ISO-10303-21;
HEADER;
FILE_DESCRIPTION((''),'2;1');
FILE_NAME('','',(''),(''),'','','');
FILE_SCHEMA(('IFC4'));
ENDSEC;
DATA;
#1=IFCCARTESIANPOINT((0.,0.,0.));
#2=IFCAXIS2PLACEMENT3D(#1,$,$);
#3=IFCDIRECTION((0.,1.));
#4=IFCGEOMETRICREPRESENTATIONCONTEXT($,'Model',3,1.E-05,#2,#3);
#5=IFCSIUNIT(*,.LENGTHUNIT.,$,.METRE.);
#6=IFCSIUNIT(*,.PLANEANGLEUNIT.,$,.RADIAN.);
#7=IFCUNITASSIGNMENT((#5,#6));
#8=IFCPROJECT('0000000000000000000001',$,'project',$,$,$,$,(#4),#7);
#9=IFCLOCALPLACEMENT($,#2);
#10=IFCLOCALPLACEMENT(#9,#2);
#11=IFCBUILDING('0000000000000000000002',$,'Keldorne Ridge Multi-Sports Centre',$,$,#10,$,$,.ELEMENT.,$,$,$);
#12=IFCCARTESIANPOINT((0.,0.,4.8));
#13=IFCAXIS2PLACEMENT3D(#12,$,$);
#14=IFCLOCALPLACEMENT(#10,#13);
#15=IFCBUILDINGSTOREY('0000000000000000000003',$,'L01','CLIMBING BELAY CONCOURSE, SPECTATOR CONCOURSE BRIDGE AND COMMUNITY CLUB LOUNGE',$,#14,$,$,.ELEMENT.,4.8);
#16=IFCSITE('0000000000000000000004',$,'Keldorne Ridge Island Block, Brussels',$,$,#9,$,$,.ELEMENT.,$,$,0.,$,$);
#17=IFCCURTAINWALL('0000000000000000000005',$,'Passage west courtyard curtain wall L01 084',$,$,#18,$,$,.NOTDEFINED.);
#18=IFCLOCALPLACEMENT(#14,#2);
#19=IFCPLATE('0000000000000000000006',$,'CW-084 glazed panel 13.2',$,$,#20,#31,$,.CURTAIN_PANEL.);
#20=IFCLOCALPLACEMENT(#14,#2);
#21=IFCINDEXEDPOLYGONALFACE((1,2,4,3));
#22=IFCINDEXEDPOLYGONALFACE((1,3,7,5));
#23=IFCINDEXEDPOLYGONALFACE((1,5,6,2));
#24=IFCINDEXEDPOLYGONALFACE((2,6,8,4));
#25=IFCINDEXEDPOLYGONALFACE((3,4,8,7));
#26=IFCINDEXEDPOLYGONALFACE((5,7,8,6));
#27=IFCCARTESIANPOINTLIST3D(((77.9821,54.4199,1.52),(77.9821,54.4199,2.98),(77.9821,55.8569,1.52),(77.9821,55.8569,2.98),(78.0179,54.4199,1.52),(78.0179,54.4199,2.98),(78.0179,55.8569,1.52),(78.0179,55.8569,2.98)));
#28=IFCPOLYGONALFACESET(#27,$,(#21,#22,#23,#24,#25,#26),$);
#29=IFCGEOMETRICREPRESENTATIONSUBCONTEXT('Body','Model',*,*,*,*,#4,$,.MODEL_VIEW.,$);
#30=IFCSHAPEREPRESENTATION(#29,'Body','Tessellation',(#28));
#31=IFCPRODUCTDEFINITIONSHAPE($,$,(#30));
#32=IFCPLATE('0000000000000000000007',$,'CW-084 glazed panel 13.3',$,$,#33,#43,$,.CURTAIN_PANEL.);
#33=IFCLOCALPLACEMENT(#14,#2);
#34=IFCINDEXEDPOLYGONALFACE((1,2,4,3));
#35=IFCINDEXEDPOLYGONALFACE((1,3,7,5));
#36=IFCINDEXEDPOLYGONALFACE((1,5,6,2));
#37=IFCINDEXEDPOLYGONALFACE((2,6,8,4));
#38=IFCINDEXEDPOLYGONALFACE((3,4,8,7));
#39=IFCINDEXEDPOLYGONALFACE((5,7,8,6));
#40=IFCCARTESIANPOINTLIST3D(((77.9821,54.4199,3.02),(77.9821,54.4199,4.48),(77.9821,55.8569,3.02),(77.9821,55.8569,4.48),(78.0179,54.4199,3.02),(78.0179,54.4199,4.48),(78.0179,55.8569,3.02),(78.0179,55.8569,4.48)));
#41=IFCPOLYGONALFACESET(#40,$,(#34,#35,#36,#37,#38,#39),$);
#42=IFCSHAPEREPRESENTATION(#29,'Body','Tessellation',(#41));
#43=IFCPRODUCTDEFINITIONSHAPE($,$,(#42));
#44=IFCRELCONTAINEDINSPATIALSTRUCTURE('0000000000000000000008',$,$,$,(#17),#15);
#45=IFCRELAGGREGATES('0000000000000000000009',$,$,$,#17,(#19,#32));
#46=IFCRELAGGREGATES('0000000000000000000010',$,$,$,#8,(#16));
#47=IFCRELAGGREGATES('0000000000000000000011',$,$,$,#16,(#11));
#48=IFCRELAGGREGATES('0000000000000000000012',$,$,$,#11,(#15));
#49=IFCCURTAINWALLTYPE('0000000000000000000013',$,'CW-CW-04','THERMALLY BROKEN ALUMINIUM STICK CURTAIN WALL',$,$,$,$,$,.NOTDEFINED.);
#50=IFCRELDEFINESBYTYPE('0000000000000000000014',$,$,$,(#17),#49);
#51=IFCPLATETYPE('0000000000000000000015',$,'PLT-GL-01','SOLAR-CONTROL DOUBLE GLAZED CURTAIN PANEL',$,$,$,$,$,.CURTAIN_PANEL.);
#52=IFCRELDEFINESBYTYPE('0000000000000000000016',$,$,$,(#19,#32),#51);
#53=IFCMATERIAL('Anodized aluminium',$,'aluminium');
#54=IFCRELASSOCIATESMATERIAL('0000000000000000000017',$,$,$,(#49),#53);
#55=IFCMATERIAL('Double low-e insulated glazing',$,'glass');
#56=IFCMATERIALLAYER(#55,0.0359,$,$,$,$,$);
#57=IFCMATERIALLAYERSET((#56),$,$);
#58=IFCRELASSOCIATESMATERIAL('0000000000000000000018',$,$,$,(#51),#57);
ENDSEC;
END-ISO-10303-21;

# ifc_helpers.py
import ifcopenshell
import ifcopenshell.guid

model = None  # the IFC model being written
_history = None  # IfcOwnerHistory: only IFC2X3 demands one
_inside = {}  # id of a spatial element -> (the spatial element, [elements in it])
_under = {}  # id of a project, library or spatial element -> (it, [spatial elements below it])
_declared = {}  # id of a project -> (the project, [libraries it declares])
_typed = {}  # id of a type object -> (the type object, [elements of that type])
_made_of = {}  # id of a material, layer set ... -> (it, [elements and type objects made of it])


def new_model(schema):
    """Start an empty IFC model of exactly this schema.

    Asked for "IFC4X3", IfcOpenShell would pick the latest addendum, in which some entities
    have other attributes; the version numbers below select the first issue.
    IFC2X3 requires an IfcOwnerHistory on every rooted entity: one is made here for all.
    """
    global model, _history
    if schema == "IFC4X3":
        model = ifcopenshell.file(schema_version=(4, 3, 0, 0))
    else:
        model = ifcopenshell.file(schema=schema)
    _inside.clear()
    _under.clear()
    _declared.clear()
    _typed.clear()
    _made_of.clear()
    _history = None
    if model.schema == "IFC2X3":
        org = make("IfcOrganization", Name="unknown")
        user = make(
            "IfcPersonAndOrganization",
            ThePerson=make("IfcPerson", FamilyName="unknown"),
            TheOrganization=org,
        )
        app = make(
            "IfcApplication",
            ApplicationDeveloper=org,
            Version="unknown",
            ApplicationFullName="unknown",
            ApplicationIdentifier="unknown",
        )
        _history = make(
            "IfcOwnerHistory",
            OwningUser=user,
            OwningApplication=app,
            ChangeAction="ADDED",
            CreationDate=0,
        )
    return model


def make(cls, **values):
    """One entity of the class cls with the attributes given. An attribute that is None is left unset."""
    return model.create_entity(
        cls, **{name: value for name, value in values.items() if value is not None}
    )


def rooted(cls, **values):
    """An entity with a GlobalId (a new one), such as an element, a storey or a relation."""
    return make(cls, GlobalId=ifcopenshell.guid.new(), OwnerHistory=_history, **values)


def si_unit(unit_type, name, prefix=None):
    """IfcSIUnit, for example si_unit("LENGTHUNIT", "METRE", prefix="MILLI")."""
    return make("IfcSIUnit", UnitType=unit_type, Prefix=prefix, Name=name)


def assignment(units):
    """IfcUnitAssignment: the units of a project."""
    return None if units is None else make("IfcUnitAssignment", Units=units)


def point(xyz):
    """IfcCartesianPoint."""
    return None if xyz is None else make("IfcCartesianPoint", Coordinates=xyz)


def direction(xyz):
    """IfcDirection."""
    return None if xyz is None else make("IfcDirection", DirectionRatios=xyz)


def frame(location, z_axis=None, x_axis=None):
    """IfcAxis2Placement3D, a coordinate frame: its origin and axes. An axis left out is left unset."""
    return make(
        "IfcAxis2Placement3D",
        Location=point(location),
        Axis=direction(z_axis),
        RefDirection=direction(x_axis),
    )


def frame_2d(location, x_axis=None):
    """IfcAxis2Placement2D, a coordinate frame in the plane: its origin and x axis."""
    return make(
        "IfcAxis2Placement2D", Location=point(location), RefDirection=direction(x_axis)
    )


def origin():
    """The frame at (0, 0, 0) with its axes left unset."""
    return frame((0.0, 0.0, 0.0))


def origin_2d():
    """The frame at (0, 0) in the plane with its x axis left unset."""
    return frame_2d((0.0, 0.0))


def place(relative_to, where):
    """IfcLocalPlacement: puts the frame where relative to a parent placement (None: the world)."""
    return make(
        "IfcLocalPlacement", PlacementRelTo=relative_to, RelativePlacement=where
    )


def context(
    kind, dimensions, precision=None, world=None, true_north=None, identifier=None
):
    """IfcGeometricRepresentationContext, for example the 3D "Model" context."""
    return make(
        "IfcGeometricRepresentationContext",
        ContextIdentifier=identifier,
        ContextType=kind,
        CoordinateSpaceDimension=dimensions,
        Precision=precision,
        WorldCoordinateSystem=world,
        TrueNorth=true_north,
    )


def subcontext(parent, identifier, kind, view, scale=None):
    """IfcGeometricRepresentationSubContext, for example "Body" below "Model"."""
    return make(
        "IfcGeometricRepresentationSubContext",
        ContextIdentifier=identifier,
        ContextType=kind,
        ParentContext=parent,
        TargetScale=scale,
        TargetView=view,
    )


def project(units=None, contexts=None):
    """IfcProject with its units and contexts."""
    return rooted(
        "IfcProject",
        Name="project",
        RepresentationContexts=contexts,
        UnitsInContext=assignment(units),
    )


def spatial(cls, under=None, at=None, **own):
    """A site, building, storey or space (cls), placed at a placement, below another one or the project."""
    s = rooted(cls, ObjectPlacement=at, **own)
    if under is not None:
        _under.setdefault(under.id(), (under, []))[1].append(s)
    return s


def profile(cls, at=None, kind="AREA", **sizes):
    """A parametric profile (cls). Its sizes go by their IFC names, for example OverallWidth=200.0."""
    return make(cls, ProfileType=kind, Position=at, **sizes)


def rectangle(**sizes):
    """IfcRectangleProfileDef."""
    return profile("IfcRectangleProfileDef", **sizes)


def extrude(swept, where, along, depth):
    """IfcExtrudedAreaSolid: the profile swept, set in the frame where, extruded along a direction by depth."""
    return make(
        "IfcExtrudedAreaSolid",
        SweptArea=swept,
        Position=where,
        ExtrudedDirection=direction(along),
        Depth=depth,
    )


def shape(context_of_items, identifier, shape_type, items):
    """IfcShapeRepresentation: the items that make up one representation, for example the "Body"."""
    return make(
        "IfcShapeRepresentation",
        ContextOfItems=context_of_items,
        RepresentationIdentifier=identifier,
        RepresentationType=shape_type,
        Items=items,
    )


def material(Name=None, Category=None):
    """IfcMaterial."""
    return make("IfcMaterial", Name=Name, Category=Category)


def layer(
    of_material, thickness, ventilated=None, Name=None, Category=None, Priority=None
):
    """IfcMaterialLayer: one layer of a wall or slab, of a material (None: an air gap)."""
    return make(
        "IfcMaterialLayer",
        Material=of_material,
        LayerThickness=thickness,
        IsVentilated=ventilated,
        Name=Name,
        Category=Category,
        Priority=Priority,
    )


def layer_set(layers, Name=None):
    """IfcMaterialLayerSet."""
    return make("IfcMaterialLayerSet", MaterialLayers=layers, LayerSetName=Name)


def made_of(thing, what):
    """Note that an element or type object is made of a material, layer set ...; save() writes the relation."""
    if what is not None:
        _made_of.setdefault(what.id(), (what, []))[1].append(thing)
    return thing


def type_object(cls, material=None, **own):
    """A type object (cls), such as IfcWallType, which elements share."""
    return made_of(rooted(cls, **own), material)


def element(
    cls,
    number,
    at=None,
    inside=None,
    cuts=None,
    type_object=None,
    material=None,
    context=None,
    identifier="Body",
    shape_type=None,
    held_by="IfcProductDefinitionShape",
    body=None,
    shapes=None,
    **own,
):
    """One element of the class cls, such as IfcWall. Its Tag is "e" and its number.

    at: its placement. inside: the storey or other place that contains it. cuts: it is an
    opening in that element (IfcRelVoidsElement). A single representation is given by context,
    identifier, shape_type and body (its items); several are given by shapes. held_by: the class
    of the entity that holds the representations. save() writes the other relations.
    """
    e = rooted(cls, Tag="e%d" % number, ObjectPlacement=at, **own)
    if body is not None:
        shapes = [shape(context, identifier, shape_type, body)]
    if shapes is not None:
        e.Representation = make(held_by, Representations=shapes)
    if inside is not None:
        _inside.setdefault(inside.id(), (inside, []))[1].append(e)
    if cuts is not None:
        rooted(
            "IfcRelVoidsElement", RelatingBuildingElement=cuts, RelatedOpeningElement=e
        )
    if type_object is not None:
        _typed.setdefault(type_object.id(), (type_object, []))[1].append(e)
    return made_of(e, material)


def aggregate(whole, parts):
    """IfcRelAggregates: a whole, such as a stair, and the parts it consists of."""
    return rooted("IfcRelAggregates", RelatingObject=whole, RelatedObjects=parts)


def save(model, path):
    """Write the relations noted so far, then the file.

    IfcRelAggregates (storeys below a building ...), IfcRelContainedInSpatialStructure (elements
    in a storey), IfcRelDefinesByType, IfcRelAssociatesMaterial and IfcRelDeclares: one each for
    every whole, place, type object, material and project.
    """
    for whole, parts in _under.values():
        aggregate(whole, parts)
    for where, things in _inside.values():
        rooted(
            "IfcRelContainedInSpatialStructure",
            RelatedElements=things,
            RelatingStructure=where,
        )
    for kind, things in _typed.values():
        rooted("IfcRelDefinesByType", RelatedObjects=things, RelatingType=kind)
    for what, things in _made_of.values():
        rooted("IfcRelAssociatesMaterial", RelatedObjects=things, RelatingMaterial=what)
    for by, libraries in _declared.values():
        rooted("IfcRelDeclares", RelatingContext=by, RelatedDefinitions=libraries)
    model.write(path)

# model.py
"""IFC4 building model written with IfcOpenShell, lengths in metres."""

from ifc_helpers import new_model, si_unit, direction, frame, origin, origin_2d, place, context, subcontext, project, spatial, rectangle, extrude, material, layer, layer_set, type_object, element, aggregate, save


model = new_model("IFC4")

# Units and contexts
model_context = context("Model", 3, precision=1e-05, world=origin(), true_north=direction((0.0, 1.0)))
body_context = subcontext(model_context, "Body", "Model", "MODEL_VIEW")
ifc_project = project(units=[si_unit("LENGTHUNIT", "METRE"), si_unit("PLANEANGLEUNIT", "RADIAN")], contexts=[model_context])

# Site, building, storey
site_placement = place(None, origin())
site = spatial("IfcSite", under=ifc_project, at=site_placement, Name="Keldorne Ridge Island Block, Brussels", CompositionType="ELEMENT", RefElevation=0.0)
building_placement = place(site_placement, origin())
building = spatial("IfcBuilding", under=site, at=building_placement, Name="Keldorne Ridge Multi-Sports Centre", CompositionType="ELEMENT")
storey_placement = place(building_placement, frame((0.0, 0.0, 4.8)))
storey = spatial("IfcBuildingStorey", under=building, at=storey_placement, Name="L01", Description="CLIMBING BELAY CONCOURSE, SPECTATOR CONCOURSE BRIDGE AND COMMUNITY CLUB LOUNGE", CompositionType="ELEMENT", Elevation=4.8)

# Curtain wall
ifc_material_1 = material(Name="Anodized aluminium", Category="aluminium")
curtain_wall_type = type_object("IfcCurtainWallType", Name="CW-CW-04", Description="THERMALLY BROKEN ALUMINIUM STICK CURTAIN WALL", PredefinedType="NOTDEFINED", material=ifc_material_1)
curtain_wall_1_placement = place(storey_placement, origin())
curtain_wall_1 = element("IfcCurtainWall", 1, at=curtain_wall_1_placement, inside=storey, type_object=curtain_wall_type, Name="Passage west courtyard curtain wall L01 084", PredefinedType="NOTDEFINED")

# Plates
ifc_material_2 = material(Name="Double low-e insulated glazing", Category="glass")
ifc_layer = layer(ifc_material_2, 0.0359)
ifc_layer_set = layer_set([ifc_layer])
plate_type = type_object("IfcPlateType", Name="PLT-GL-01", Description="SOLAR-CONTROL DOUBLE GLAZED CURTAIN PANEL", PredefinedType="CURTAIN_PANEL", material=ifc_layer_set)
plate_1_placement = place(storey_placement, frame((78.0, 55.1384, 1.52), z_axis=(0.0, 0.0, 1.0), x_axis=(0.0, -1.0, 0.0)))
plate_1 = element("IfcPlate", 2, at=plate_1_placement, type_object=plate_type, Name="CW-084 glazed panel 13.2", PredefinedType="CURTAIN_PANEL", context=body_context, shape_type="SweptSolid", body=[
    extrude(rectangle(XDim=1.437, YDim=0.0359, at=origin_2d()), origin(), (0.0, 0.0, 1.0), 1.46),
])
plate_2_placement = place(storey_placement, frame((78.0, 55.1384, 3.02), z_axis=(0.0, 0.0, 1.0), x_axis=(0.0, -1.0, 0.0)))
plate_2 = element("IfcPlate", 3, at=plate_2_placement, type_object=plate_type, Name="CW-084 glazed panel 13.3", PredefinedType="CURTAIN_PANEL", context=body_context, shape_type="SweptSolid", body=[
    extrude(rectangle(XDim=1.437, YDim=0.0359, at=origin_2d()), origin(), (0.0, 0.0, 1.0), 1.46),
])
aggregate(curtain_wall_1, [plate_1, plate_2])

save(model, "model.ifc")
